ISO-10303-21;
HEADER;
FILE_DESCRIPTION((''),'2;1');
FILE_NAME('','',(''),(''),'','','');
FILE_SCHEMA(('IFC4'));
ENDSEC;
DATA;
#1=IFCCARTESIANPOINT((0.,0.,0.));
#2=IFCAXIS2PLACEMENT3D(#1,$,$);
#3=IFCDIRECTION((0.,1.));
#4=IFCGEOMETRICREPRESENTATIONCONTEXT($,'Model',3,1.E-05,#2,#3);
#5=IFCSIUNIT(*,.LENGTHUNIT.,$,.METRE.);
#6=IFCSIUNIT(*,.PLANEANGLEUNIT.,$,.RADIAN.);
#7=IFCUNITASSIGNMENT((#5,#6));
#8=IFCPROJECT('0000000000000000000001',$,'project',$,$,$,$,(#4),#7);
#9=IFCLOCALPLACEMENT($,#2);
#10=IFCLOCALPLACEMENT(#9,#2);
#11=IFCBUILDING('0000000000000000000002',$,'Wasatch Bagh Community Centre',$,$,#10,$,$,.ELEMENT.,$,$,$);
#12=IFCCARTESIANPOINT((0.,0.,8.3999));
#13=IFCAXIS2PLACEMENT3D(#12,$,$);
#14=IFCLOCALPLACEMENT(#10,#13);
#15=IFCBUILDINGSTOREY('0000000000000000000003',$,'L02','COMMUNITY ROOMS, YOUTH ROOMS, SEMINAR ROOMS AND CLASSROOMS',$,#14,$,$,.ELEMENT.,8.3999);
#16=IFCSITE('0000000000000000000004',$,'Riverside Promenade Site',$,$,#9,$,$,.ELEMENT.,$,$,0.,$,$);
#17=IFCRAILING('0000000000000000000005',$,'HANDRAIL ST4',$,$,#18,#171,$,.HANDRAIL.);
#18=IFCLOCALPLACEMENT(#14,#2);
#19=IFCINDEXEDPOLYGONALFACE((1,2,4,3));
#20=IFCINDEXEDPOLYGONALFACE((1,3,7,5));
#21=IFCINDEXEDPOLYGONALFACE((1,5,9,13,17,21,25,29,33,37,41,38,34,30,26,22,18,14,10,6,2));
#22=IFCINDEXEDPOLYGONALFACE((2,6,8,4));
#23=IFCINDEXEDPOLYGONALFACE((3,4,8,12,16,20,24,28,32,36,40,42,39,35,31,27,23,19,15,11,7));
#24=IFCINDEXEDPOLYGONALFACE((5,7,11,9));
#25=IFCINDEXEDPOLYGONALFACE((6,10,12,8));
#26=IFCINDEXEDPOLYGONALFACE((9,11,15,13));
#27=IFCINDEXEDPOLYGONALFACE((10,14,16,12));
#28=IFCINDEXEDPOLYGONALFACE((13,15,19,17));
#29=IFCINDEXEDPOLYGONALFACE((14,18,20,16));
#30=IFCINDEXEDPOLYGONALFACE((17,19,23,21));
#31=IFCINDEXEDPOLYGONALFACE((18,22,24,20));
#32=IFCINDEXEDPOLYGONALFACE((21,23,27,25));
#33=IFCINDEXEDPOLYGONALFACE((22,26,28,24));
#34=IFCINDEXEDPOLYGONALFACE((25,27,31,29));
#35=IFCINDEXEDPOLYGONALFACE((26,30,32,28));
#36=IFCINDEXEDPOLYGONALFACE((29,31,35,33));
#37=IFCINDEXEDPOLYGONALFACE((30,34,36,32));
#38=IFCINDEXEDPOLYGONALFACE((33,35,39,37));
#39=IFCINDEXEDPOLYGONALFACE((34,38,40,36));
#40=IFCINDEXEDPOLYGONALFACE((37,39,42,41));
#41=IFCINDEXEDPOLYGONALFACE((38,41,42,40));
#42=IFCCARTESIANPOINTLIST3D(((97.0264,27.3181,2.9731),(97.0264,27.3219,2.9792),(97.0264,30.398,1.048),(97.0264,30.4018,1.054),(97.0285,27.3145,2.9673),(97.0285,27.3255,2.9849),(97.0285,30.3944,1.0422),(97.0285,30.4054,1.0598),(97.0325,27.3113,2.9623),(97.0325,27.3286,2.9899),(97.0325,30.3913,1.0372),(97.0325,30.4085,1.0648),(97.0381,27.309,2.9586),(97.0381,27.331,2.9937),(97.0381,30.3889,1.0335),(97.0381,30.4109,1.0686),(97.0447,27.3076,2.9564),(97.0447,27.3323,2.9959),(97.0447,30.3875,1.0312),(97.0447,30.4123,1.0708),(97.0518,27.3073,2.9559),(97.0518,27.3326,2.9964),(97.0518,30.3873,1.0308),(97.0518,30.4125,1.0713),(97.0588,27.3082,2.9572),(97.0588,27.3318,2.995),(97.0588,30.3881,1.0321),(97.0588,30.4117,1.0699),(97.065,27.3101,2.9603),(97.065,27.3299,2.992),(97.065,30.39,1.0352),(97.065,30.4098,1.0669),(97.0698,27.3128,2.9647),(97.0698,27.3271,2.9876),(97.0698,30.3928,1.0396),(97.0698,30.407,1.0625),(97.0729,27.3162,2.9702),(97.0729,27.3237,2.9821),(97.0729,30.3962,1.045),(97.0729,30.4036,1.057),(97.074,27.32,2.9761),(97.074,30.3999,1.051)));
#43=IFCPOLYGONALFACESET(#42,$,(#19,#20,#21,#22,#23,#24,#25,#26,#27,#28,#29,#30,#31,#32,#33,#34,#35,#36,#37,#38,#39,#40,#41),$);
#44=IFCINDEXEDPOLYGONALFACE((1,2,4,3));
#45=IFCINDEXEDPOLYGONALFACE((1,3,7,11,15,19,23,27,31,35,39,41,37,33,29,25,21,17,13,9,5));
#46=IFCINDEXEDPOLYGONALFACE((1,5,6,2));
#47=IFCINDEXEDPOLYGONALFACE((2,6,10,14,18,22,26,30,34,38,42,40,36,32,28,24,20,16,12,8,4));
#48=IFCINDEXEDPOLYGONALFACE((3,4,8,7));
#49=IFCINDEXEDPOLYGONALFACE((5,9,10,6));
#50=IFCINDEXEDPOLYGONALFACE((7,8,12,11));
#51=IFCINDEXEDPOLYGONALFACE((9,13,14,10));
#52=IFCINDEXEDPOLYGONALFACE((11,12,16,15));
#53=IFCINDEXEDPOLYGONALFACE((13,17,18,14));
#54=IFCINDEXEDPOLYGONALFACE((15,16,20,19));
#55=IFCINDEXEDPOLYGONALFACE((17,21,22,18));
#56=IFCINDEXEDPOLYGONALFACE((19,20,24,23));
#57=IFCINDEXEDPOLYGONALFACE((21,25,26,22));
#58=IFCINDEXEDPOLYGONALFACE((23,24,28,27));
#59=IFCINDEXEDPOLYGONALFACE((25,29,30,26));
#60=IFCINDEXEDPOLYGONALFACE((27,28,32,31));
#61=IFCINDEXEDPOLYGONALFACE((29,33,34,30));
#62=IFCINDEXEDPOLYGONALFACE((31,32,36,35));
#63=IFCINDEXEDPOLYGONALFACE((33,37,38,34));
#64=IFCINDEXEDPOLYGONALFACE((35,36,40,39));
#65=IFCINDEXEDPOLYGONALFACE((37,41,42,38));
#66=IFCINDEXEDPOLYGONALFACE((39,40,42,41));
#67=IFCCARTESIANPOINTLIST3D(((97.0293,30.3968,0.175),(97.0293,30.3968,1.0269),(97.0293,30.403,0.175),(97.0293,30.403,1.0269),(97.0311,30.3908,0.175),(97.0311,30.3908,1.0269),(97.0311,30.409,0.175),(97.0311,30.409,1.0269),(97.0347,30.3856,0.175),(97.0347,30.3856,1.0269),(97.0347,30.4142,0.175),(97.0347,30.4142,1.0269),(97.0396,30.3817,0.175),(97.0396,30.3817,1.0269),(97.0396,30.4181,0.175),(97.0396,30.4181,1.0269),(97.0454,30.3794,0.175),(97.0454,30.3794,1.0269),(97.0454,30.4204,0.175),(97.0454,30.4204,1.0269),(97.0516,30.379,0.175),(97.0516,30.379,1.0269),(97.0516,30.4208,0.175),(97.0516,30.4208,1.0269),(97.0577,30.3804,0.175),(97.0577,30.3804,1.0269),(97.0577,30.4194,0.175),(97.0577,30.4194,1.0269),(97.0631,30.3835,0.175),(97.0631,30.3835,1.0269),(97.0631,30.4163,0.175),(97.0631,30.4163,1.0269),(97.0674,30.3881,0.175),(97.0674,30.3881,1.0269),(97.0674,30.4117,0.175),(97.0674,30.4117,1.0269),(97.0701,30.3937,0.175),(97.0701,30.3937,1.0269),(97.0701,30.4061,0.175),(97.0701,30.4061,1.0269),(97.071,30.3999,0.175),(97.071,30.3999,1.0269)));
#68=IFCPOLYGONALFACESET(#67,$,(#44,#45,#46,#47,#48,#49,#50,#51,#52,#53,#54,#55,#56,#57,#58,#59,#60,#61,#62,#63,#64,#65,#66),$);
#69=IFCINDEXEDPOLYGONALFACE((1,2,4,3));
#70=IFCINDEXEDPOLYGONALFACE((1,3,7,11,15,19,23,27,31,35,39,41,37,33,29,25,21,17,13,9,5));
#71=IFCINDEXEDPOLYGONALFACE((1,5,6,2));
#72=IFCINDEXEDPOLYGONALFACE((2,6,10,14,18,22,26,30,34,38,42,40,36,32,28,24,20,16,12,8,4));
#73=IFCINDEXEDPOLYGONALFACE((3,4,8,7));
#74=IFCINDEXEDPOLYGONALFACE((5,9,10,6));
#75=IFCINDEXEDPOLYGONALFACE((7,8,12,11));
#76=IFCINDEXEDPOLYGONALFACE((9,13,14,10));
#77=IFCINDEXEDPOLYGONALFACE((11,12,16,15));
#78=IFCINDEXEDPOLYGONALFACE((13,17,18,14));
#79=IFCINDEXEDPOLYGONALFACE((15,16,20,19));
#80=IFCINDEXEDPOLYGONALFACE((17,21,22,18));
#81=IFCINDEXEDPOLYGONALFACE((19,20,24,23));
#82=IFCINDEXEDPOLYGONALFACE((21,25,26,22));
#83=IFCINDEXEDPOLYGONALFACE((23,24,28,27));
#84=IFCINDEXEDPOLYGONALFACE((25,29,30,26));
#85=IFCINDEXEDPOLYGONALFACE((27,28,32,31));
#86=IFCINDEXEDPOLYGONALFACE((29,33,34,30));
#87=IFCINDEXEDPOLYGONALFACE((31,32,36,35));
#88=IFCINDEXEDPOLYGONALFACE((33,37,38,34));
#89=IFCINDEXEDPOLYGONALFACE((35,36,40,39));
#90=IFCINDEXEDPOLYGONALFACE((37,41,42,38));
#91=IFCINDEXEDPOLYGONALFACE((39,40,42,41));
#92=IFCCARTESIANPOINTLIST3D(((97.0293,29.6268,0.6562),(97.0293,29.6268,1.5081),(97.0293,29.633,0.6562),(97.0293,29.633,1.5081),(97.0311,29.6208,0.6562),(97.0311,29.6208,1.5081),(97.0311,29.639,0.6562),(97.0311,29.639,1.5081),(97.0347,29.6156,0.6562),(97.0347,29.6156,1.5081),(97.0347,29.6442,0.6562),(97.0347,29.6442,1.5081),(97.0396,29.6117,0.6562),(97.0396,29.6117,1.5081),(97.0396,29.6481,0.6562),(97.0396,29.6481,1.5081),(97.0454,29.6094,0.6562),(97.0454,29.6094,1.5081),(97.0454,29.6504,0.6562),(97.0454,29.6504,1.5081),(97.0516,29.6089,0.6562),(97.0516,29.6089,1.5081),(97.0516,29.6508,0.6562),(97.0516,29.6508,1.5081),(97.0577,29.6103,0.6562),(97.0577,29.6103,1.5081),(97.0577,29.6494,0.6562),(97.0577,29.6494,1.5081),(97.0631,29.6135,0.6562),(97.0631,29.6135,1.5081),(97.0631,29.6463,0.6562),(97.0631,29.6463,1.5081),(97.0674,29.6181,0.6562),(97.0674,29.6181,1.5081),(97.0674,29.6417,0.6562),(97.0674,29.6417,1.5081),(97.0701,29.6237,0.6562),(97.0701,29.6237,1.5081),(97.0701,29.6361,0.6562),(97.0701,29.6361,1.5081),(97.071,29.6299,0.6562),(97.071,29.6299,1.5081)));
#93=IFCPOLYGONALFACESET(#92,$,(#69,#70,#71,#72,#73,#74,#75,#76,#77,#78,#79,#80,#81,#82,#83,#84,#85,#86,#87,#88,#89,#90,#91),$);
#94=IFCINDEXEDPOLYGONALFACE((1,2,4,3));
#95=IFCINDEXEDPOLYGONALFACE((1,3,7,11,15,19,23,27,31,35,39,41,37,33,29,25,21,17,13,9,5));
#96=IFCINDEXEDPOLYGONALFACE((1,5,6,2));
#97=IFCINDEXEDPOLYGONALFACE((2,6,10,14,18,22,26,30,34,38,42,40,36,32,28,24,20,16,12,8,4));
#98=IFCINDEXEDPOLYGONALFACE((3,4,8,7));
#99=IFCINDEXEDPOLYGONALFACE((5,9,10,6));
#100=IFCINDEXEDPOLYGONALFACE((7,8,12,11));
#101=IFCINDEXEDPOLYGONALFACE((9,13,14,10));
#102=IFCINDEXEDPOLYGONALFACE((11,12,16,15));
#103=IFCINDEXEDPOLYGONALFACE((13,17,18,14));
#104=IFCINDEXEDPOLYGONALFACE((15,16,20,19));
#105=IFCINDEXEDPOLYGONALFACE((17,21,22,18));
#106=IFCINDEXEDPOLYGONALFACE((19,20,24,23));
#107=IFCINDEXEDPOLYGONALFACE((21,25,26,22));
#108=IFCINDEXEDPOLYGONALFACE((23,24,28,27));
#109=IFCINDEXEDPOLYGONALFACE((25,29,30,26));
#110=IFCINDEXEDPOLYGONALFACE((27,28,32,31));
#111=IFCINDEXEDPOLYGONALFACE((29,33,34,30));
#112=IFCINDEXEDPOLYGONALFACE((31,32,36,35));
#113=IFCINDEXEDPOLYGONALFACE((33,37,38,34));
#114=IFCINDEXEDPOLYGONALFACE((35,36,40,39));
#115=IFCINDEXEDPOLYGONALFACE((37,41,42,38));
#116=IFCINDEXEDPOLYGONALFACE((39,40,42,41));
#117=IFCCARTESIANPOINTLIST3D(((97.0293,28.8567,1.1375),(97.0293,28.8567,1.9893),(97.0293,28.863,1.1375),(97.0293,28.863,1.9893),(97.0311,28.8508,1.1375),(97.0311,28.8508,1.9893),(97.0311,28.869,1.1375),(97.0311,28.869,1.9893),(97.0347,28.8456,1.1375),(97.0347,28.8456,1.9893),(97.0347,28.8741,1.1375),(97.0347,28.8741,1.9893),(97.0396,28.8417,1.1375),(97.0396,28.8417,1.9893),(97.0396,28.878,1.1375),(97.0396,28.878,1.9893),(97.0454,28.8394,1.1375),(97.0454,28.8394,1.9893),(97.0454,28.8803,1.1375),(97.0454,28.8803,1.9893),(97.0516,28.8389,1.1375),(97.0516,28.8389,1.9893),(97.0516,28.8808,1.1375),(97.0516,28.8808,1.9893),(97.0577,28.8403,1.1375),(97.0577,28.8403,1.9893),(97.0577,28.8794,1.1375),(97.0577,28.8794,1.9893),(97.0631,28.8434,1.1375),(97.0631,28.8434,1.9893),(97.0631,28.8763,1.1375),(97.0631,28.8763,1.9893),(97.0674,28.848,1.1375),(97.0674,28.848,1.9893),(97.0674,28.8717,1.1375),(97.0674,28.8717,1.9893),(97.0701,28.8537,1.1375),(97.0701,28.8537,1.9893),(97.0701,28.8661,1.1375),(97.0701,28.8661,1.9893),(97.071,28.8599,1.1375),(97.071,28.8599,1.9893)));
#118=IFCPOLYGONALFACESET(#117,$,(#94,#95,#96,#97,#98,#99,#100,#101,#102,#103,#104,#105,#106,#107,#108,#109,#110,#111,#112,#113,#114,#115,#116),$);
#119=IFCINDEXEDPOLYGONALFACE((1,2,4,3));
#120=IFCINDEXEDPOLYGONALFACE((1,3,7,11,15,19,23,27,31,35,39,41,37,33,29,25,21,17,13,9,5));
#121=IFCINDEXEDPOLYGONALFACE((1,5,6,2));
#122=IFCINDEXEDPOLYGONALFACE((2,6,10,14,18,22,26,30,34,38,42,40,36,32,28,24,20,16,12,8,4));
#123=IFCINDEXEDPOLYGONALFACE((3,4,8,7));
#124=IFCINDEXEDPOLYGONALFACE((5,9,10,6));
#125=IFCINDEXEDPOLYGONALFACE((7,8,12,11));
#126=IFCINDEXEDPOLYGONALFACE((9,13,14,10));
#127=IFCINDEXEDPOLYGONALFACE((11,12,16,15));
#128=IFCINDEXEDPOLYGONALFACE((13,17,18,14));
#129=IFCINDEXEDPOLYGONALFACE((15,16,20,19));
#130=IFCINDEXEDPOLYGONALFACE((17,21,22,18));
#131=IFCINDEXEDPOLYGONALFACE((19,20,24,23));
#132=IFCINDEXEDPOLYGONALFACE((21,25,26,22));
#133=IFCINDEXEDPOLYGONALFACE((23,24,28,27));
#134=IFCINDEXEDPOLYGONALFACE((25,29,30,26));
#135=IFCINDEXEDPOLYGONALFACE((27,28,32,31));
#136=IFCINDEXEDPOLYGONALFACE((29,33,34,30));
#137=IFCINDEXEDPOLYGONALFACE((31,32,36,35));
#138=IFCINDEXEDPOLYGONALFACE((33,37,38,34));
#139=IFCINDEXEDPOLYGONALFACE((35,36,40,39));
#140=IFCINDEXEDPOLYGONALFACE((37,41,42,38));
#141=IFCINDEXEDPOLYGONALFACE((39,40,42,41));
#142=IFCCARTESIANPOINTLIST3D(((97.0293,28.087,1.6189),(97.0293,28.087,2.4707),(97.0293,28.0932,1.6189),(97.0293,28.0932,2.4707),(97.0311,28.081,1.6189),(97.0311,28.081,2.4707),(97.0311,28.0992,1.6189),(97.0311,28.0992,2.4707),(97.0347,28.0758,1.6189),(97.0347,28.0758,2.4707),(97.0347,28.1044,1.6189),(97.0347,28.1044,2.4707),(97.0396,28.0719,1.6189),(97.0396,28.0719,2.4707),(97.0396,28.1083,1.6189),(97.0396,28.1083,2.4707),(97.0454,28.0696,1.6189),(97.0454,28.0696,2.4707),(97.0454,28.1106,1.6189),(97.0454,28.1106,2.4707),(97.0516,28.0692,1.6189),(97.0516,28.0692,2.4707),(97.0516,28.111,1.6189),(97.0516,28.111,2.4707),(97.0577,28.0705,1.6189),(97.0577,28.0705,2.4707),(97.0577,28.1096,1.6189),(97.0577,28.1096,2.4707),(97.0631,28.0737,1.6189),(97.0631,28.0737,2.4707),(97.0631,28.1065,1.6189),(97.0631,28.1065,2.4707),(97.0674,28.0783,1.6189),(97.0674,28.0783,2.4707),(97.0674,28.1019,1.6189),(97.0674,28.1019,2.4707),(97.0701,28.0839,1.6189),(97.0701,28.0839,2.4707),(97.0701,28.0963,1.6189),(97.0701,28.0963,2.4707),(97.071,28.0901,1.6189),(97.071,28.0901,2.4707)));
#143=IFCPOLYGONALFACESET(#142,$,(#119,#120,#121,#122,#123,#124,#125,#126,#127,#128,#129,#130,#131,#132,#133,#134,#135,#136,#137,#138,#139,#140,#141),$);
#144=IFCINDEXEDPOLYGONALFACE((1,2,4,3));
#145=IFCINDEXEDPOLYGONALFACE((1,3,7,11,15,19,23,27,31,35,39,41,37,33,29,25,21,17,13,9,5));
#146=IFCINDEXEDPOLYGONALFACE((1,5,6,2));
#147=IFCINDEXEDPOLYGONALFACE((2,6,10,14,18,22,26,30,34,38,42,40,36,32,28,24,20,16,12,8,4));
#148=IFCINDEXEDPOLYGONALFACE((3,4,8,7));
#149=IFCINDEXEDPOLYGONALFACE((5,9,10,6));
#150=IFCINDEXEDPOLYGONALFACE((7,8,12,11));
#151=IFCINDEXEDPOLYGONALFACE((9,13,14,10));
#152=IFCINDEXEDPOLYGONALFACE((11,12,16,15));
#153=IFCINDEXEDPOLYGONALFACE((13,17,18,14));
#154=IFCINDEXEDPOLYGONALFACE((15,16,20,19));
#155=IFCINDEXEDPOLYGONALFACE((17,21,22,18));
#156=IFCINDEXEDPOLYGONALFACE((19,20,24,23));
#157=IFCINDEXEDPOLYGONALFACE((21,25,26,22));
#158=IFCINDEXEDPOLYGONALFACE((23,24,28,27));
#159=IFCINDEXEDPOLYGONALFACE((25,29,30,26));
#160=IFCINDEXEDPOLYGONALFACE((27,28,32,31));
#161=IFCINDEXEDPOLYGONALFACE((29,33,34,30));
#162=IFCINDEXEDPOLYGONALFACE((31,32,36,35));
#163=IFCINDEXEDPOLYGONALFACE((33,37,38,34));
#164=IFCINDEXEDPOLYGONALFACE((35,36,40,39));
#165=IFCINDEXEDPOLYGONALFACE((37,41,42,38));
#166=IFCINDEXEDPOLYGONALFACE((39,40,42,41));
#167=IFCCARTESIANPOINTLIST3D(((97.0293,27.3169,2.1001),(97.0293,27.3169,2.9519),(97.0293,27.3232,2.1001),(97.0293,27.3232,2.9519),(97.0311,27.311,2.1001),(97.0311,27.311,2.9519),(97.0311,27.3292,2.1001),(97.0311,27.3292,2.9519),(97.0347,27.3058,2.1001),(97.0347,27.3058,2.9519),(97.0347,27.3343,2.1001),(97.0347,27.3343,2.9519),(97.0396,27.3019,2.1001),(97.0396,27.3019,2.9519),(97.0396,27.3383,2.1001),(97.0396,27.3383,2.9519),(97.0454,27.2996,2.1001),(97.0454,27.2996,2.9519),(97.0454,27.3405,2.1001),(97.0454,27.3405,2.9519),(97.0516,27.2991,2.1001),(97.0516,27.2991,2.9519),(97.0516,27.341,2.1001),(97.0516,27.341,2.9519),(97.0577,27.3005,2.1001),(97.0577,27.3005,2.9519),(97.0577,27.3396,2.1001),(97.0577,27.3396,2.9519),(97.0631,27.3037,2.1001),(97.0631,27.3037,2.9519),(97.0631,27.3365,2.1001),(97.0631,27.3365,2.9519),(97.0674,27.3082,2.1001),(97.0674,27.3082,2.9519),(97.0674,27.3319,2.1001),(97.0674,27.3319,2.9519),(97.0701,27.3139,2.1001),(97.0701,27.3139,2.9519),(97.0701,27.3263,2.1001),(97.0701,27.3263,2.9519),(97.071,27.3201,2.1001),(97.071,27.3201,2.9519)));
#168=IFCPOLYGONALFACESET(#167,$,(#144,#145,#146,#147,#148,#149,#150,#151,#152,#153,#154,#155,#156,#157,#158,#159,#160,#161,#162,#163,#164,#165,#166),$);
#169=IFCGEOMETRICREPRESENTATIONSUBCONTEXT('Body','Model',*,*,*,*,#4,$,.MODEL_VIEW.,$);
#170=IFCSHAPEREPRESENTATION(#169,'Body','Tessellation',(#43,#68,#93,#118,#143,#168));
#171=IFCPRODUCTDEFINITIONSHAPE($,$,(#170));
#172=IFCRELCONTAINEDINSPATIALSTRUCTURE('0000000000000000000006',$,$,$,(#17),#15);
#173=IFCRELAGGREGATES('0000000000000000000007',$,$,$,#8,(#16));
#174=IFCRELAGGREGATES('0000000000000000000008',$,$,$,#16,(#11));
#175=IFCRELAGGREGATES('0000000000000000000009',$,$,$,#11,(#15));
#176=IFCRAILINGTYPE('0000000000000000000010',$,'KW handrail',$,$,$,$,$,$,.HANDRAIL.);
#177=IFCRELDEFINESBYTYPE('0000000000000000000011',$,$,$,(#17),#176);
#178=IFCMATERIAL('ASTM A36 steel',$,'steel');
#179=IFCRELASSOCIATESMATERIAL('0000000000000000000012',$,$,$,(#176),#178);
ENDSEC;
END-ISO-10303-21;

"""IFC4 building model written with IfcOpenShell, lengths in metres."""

from ifc_helpers import new_model, si_unit, direction, frame, origin, origin_2d, place, context, subcontext, project, spatial, circle, extrude, material, type_object, element, save


model = new_model("IFC4")

# Units and contexts
model_context = context("Model", 3, precision=1e-05, world=origin(), true_north=direction((0.0, 1.0)))
body_context = subcontext(model_context, "Body", "Model", "MODEL_VIEW")
ifc_project = project(units=[si_unit("LENGTHUNIT", "METRE"), si_unit("PLANEANGLEUNIT", "RADIAN")], contexts=[model_context])

# Site, building, storey
site_placement = place(None, origin())
site = spatial("IfcSite", under=ifc_project, at=site_placement, Name="Riverside Promenade Site", CompositionType="ELEMENT", RefElevation=0.0)
building_placement = place(site_placement, origin())
building = spatial("IfcBuilding", under=site, at=building_placement, Name="Wasatch Bagh Community Centre", CompositionType="ELEMENT")
storey_placement = place(building_placement, frame((0.0, 0.0, 8.3999)))
storey = spatial("IfcBuildingStorey", under=building, at=storey_placement, Name="L02", Description="COMMUNITY ROOMS, YOUTH ROOMS, SEMINAR ROOMS AND CLASSROOMS", CompositionType="ELEMENT", Elevation=8.3999)

# Railing
ifc_material_1 = material(Name="ASTM A36 steel", Category="steel")
railing_type_1 = type_object("IfcRailingType", Name="KW handrail", PredefinedType="HANDRAIL", material=ifc_material_1)
for number, where, name in (
    (1, (97.05, 30.3999, 0.175), "HANDRAIL ST4"),
):
    element("IfcRailing", number, at=place(storey_placement, frame(where)), inside=storey, type_object=railing_type_1, Name=name, PredefinedType="HANDRAIL", context=body_context, shape_type="SweptSolid", body=[
        extrude(circle(Radius=0.0239, at=origin_2d()), frame((0.0, 0.0, 0.876), z_axis=(0.0, -0.847979, 0.530029), x_axis=(1.0, 0.0, 0.0)), (0.0, 0.0, 1.0), 3.6321),
        extrude(circle(Radius=0.021, at=origin_2d()), origin(), (0.0, 0.0, 1.0), 0.8518),
        extrude(circle(Radius=0.021, at=origin_2d()), frame((0.0, -0.77, 0.4812)), (0.0, 0.0, 1.0), 0.8518),
        extrude(circle(Radius=0.021, at=origin_2d()), frame((0.0, -1.54, 0.9624)), (0.0, 0.0, 1.0), 0.8518),
        extrude(circle(Radius=0.021, at=origin_2d()), frame((0.0, -2.3098, 1.4438)), (0.0, 0.0, 1.0), 0.8518),
        extrude(circle(Radius=0.021, at=origin_2d()), frame((0.0, -3.0798, 1.925)), (0.0, 0.0, 1.0), 0.8518),
    ])

save(model, "model.ifc")
